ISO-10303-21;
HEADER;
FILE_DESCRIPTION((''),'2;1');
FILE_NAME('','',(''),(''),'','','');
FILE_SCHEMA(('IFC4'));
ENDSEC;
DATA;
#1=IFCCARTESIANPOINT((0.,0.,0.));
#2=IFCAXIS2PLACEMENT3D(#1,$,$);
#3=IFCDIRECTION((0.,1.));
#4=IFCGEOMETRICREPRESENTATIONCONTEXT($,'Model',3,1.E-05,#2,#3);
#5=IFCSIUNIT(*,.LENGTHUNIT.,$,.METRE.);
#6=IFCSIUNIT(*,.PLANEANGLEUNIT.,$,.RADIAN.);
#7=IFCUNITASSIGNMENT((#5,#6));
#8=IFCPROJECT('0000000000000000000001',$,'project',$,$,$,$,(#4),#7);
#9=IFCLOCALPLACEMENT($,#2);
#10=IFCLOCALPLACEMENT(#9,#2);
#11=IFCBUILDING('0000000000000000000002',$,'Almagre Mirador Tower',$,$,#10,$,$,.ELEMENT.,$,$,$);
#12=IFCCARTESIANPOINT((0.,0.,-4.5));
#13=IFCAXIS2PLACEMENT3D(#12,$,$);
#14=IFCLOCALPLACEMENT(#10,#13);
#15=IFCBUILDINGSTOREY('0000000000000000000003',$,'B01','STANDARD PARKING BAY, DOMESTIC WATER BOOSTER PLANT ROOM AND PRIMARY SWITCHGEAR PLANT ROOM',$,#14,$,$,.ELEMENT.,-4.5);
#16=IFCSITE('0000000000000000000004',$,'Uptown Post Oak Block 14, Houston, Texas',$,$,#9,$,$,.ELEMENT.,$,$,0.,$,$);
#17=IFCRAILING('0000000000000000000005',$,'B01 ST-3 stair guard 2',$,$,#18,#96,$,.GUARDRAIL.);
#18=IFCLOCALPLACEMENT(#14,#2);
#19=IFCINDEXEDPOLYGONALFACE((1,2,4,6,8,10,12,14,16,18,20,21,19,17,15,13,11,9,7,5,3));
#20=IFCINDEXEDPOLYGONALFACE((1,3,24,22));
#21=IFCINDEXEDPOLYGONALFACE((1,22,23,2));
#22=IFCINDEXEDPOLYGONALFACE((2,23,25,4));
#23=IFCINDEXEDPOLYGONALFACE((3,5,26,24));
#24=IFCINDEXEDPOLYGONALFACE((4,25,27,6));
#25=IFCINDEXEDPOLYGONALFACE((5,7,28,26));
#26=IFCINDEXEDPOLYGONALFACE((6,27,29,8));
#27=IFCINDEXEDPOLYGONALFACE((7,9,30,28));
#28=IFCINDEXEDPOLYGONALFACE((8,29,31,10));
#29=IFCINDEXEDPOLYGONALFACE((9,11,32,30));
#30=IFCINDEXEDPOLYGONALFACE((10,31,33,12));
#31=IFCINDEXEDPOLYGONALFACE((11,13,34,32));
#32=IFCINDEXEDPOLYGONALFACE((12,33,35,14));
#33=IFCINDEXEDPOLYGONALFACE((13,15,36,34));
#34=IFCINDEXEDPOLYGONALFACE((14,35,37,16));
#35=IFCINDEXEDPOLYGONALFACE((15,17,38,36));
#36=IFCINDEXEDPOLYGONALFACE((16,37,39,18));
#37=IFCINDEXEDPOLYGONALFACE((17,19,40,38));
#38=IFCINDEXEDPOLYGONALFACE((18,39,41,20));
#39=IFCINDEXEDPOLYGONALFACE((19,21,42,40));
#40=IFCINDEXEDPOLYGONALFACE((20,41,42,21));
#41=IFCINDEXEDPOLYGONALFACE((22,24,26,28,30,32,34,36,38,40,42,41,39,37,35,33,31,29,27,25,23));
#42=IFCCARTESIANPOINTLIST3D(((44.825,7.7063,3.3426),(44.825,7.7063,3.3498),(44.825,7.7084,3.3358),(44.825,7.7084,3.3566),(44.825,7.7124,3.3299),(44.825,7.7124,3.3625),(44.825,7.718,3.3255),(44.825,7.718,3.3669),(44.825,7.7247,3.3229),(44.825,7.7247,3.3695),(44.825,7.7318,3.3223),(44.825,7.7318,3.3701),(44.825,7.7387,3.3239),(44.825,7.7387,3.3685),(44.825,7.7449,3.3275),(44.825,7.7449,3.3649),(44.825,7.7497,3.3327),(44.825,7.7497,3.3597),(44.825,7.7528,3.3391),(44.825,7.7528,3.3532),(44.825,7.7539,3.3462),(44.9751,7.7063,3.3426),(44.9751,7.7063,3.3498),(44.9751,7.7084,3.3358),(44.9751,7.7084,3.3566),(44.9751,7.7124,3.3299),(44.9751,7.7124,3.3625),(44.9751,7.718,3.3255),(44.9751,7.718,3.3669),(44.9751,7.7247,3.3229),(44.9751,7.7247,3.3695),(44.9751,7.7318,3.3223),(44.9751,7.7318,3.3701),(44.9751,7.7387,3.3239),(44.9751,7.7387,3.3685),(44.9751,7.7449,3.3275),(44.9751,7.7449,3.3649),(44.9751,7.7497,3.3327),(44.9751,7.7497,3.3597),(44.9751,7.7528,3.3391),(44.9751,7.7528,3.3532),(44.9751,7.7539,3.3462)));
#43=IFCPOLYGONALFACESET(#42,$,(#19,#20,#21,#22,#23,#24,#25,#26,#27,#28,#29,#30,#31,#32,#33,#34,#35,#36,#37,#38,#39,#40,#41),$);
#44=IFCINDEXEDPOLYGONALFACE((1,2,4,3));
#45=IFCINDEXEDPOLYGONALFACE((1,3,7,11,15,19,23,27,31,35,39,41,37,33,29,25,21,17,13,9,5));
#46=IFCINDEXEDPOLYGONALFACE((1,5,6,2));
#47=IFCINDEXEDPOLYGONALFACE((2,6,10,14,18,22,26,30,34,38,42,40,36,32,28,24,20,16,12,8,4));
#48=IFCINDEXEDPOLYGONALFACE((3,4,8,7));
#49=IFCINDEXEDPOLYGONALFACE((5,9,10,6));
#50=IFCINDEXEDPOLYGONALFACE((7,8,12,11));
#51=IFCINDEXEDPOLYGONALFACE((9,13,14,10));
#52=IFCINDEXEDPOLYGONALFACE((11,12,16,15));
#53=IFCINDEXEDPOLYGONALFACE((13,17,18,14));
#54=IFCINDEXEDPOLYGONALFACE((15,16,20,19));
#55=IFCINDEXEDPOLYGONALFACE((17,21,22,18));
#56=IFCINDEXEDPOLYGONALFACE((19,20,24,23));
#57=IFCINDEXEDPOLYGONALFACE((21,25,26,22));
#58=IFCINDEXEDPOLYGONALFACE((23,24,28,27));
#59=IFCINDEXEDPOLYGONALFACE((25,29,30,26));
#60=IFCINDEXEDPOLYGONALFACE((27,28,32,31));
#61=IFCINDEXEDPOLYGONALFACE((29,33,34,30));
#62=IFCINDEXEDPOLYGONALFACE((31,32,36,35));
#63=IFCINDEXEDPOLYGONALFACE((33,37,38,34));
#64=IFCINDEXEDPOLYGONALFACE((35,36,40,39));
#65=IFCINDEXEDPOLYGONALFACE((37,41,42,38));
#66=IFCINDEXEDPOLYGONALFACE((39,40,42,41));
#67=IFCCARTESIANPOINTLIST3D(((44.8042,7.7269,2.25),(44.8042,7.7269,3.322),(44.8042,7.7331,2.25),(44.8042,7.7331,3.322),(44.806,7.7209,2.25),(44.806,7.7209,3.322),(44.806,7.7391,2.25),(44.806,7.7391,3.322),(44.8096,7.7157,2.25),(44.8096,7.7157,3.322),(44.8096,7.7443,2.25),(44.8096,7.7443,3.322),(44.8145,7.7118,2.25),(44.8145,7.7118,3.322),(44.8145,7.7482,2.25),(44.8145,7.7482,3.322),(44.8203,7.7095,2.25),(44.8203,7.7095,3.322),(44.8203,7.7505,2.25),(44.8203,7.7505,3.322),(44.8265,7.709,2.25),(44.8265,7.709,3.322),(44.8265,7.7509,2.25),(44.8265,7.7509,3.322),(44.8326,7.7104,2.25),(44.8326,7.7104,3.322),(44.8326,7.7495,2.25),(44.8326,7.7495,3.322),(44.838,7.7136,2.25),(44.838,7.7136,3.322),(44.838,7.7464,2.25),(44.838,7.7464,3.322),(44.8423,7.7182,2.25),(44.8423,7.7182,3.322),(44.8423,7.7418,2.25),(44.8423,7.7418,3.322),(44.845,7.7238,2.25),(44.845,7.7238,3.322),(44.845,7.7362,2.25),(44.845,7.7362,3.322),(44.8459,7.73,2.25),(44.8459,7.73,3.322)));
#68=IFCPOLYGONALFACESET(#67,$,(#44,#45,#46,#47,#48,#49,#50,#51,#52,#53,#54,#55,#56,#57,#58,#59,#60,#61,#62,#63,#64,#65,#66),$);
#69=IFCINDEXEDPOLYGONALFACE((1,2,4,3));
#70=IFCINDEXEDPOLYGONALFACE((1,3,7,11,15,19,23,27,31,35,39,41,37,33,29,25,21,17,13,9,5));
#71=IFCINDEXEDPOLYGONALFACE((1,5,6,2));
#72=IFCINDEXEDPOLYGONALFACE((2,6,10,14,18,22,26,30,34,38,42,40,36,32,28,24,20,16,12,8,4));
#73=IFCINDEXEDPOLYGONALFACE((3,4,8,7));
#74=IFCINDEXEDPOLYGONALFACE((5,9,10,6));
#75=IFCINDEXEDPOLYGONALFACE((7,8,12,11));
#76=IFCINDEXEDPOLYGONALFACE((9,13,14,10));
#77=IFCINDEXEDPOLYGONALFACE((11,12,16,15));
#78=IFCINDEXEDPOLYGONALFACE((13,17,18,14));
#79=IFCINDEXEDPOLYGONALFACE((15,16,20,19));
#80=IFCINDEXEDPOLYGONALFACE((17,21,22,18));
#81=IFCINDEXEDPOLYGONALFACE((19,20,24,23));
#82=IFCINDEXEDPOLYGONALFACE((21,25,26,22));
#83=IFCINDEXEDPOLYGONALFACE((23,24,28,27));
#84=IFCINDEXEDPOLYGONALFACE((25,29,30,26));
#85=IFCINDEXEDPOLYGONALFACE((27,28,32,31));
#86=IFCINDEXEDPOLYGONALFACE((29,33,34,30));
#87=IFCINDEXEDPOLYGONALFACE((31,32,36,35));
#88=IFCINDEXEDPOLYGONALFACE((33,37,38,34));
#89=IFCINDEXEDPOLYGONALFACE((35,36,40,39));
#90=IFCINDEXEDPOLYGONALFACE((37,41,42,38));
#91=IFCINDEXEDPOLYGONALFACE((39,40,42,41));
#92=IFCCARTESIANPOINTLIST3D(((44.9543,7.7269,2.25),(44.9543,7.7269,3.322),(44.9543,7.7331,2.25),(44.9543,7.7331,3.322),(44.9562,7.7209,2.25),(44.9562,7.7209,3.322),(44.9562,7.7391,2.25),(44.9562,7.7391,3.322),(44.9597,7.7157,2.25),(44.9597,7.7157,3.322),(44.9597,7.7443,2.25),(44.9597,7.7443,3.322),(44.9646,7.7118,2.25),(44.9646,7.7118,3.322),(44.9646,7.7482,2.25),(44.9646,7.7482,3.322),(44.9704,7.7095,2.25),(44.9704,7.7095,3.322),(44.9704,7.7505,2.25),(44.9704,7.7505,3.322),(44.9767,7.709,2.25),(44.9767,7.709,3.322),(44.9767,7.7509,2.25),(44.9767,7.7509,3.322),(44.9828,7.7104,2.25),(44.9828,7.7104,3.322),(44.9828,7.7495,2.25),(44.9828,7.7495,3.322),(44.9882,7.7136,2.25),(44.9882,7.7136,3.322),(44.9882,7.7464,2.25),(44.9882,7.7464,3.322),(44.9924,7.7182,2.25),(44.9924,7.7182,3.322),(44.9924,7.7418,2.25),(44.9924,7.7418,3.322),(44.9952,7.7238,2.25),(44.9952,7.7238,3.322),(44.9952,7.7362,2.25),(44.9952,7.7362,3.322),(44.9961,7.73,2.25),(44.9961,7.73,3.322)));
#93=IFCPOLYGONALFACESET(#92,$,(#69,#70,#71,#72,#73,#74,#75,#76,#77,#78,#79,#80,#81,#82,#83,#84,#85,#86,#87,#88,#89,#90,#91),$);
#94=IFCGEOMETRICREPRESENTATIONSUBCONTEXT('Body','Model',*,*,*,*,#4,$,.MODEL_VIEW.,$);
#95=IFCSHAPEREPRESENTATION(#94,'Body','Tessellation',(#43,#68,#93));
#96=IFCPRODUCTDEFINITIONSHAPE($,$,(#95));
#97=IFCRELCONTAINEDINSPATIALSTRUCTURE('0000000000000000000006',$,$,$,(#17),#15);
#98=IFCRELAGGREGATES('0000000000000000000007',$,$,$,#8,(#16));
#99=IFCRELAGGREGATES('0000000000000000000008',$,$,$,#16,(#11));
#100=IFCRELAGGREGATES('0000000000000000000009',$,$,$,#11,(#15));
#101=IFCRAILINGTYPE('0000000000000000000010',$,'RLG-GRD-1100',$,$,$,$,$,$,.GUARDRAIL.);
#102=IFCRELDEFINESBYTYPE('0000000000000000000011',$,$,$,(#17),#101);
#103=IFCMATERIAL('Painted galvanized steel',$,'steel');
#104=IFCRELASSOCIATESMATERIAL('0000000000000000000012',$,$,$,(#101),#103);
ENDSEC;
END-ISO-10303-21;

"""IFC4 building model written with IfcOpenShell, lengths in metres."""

from ifc_helpers import new_model, si_unit, direction, frame, origin, origin_2d, place, context, subcontext, project, spatial, circle, extrude, material, type_object, element, save


model = new_model("IFC4")

# Units and contexts
model_context = context("Model", 3, precision=1e-05, world=origin(), true_north=direction((0.0, 1.0)))
body_context = subcontext(model_context, "Body", "Model", "MODEL_VIEW")
ifc_project = project(units=[si_unit("LENGTHUNIT", "METRE"), si_unit("PLANEANGLEUNIT", "RADIAN")], contexts=[model_context])

# Site, building, storey
site_placement = place(None, origin())
site = spatial("IfcSite", under=ifc_project, at=site_placement, Name="Uptown Post Oak Block 14, Houston, Texas", CompositionType="ELEMENT", RefElevation=0.0)
building_placement = place(site_placement, origin())
building = spatial("IfcBuilding", under=site, at=building_placement, Name="Almagre Mirador Tower", CompositionType="ELEMENT")
storey_placement = place(building_placement, frame((0.0, 0.0, -4.5)))
storey = spatial("IfcBuildingStorey", under=building, at=storey_placement, Name="B01", Description="STANDARD PARKING BAY, DOMESTIC WATER BOOSTER PLANT ROOM AND PRIMARY SWITCHGEAR PLANT ROOM", CompositionType="ELEMENT", Elevation=-4.5)

# Railing
ifc_material_1 = material(Name="Painted galvanized steel", Category="steel")
railing_type_1 = type_object("IfcRailingType", Name="RLG-GRD-1100", PredefinedType="GUARDRAIL", material=ifc_material_1)
railing_1_placement = place(storey_placement, frame((44.825, 7.73, 2.25)))
element("IfcRailing", 1, at=railing_1_placement, inside=storey, type_object=railing_type_1, Name="B01 ST-3 stair guard 2", PredefinedType="GUARDRAIL", context=body_context, shape_type="SweptSolid", body=[
    extrude(circle(Radius=0.0239, at=origin_2d()), frame((0.0, 0.0, 1.0962), z_axis=(1.0, 0.0, 0.0), x_axis=(0.0, 1.0, 0.0)), (0.0, 0.0, 1.0), 0.1501),
    extrude(circle(Radius=0.021, at=origin_2d()), origin(), (0.0, 0.0, 1.0), 1.072),
    extrude(circle(Radius=0.021, at=origin_2d()), frame((0.1501, 0.0, 0.0)), (0.0, 0.0, 1.0), 1.072),
])

save(model, "model.ifc")
